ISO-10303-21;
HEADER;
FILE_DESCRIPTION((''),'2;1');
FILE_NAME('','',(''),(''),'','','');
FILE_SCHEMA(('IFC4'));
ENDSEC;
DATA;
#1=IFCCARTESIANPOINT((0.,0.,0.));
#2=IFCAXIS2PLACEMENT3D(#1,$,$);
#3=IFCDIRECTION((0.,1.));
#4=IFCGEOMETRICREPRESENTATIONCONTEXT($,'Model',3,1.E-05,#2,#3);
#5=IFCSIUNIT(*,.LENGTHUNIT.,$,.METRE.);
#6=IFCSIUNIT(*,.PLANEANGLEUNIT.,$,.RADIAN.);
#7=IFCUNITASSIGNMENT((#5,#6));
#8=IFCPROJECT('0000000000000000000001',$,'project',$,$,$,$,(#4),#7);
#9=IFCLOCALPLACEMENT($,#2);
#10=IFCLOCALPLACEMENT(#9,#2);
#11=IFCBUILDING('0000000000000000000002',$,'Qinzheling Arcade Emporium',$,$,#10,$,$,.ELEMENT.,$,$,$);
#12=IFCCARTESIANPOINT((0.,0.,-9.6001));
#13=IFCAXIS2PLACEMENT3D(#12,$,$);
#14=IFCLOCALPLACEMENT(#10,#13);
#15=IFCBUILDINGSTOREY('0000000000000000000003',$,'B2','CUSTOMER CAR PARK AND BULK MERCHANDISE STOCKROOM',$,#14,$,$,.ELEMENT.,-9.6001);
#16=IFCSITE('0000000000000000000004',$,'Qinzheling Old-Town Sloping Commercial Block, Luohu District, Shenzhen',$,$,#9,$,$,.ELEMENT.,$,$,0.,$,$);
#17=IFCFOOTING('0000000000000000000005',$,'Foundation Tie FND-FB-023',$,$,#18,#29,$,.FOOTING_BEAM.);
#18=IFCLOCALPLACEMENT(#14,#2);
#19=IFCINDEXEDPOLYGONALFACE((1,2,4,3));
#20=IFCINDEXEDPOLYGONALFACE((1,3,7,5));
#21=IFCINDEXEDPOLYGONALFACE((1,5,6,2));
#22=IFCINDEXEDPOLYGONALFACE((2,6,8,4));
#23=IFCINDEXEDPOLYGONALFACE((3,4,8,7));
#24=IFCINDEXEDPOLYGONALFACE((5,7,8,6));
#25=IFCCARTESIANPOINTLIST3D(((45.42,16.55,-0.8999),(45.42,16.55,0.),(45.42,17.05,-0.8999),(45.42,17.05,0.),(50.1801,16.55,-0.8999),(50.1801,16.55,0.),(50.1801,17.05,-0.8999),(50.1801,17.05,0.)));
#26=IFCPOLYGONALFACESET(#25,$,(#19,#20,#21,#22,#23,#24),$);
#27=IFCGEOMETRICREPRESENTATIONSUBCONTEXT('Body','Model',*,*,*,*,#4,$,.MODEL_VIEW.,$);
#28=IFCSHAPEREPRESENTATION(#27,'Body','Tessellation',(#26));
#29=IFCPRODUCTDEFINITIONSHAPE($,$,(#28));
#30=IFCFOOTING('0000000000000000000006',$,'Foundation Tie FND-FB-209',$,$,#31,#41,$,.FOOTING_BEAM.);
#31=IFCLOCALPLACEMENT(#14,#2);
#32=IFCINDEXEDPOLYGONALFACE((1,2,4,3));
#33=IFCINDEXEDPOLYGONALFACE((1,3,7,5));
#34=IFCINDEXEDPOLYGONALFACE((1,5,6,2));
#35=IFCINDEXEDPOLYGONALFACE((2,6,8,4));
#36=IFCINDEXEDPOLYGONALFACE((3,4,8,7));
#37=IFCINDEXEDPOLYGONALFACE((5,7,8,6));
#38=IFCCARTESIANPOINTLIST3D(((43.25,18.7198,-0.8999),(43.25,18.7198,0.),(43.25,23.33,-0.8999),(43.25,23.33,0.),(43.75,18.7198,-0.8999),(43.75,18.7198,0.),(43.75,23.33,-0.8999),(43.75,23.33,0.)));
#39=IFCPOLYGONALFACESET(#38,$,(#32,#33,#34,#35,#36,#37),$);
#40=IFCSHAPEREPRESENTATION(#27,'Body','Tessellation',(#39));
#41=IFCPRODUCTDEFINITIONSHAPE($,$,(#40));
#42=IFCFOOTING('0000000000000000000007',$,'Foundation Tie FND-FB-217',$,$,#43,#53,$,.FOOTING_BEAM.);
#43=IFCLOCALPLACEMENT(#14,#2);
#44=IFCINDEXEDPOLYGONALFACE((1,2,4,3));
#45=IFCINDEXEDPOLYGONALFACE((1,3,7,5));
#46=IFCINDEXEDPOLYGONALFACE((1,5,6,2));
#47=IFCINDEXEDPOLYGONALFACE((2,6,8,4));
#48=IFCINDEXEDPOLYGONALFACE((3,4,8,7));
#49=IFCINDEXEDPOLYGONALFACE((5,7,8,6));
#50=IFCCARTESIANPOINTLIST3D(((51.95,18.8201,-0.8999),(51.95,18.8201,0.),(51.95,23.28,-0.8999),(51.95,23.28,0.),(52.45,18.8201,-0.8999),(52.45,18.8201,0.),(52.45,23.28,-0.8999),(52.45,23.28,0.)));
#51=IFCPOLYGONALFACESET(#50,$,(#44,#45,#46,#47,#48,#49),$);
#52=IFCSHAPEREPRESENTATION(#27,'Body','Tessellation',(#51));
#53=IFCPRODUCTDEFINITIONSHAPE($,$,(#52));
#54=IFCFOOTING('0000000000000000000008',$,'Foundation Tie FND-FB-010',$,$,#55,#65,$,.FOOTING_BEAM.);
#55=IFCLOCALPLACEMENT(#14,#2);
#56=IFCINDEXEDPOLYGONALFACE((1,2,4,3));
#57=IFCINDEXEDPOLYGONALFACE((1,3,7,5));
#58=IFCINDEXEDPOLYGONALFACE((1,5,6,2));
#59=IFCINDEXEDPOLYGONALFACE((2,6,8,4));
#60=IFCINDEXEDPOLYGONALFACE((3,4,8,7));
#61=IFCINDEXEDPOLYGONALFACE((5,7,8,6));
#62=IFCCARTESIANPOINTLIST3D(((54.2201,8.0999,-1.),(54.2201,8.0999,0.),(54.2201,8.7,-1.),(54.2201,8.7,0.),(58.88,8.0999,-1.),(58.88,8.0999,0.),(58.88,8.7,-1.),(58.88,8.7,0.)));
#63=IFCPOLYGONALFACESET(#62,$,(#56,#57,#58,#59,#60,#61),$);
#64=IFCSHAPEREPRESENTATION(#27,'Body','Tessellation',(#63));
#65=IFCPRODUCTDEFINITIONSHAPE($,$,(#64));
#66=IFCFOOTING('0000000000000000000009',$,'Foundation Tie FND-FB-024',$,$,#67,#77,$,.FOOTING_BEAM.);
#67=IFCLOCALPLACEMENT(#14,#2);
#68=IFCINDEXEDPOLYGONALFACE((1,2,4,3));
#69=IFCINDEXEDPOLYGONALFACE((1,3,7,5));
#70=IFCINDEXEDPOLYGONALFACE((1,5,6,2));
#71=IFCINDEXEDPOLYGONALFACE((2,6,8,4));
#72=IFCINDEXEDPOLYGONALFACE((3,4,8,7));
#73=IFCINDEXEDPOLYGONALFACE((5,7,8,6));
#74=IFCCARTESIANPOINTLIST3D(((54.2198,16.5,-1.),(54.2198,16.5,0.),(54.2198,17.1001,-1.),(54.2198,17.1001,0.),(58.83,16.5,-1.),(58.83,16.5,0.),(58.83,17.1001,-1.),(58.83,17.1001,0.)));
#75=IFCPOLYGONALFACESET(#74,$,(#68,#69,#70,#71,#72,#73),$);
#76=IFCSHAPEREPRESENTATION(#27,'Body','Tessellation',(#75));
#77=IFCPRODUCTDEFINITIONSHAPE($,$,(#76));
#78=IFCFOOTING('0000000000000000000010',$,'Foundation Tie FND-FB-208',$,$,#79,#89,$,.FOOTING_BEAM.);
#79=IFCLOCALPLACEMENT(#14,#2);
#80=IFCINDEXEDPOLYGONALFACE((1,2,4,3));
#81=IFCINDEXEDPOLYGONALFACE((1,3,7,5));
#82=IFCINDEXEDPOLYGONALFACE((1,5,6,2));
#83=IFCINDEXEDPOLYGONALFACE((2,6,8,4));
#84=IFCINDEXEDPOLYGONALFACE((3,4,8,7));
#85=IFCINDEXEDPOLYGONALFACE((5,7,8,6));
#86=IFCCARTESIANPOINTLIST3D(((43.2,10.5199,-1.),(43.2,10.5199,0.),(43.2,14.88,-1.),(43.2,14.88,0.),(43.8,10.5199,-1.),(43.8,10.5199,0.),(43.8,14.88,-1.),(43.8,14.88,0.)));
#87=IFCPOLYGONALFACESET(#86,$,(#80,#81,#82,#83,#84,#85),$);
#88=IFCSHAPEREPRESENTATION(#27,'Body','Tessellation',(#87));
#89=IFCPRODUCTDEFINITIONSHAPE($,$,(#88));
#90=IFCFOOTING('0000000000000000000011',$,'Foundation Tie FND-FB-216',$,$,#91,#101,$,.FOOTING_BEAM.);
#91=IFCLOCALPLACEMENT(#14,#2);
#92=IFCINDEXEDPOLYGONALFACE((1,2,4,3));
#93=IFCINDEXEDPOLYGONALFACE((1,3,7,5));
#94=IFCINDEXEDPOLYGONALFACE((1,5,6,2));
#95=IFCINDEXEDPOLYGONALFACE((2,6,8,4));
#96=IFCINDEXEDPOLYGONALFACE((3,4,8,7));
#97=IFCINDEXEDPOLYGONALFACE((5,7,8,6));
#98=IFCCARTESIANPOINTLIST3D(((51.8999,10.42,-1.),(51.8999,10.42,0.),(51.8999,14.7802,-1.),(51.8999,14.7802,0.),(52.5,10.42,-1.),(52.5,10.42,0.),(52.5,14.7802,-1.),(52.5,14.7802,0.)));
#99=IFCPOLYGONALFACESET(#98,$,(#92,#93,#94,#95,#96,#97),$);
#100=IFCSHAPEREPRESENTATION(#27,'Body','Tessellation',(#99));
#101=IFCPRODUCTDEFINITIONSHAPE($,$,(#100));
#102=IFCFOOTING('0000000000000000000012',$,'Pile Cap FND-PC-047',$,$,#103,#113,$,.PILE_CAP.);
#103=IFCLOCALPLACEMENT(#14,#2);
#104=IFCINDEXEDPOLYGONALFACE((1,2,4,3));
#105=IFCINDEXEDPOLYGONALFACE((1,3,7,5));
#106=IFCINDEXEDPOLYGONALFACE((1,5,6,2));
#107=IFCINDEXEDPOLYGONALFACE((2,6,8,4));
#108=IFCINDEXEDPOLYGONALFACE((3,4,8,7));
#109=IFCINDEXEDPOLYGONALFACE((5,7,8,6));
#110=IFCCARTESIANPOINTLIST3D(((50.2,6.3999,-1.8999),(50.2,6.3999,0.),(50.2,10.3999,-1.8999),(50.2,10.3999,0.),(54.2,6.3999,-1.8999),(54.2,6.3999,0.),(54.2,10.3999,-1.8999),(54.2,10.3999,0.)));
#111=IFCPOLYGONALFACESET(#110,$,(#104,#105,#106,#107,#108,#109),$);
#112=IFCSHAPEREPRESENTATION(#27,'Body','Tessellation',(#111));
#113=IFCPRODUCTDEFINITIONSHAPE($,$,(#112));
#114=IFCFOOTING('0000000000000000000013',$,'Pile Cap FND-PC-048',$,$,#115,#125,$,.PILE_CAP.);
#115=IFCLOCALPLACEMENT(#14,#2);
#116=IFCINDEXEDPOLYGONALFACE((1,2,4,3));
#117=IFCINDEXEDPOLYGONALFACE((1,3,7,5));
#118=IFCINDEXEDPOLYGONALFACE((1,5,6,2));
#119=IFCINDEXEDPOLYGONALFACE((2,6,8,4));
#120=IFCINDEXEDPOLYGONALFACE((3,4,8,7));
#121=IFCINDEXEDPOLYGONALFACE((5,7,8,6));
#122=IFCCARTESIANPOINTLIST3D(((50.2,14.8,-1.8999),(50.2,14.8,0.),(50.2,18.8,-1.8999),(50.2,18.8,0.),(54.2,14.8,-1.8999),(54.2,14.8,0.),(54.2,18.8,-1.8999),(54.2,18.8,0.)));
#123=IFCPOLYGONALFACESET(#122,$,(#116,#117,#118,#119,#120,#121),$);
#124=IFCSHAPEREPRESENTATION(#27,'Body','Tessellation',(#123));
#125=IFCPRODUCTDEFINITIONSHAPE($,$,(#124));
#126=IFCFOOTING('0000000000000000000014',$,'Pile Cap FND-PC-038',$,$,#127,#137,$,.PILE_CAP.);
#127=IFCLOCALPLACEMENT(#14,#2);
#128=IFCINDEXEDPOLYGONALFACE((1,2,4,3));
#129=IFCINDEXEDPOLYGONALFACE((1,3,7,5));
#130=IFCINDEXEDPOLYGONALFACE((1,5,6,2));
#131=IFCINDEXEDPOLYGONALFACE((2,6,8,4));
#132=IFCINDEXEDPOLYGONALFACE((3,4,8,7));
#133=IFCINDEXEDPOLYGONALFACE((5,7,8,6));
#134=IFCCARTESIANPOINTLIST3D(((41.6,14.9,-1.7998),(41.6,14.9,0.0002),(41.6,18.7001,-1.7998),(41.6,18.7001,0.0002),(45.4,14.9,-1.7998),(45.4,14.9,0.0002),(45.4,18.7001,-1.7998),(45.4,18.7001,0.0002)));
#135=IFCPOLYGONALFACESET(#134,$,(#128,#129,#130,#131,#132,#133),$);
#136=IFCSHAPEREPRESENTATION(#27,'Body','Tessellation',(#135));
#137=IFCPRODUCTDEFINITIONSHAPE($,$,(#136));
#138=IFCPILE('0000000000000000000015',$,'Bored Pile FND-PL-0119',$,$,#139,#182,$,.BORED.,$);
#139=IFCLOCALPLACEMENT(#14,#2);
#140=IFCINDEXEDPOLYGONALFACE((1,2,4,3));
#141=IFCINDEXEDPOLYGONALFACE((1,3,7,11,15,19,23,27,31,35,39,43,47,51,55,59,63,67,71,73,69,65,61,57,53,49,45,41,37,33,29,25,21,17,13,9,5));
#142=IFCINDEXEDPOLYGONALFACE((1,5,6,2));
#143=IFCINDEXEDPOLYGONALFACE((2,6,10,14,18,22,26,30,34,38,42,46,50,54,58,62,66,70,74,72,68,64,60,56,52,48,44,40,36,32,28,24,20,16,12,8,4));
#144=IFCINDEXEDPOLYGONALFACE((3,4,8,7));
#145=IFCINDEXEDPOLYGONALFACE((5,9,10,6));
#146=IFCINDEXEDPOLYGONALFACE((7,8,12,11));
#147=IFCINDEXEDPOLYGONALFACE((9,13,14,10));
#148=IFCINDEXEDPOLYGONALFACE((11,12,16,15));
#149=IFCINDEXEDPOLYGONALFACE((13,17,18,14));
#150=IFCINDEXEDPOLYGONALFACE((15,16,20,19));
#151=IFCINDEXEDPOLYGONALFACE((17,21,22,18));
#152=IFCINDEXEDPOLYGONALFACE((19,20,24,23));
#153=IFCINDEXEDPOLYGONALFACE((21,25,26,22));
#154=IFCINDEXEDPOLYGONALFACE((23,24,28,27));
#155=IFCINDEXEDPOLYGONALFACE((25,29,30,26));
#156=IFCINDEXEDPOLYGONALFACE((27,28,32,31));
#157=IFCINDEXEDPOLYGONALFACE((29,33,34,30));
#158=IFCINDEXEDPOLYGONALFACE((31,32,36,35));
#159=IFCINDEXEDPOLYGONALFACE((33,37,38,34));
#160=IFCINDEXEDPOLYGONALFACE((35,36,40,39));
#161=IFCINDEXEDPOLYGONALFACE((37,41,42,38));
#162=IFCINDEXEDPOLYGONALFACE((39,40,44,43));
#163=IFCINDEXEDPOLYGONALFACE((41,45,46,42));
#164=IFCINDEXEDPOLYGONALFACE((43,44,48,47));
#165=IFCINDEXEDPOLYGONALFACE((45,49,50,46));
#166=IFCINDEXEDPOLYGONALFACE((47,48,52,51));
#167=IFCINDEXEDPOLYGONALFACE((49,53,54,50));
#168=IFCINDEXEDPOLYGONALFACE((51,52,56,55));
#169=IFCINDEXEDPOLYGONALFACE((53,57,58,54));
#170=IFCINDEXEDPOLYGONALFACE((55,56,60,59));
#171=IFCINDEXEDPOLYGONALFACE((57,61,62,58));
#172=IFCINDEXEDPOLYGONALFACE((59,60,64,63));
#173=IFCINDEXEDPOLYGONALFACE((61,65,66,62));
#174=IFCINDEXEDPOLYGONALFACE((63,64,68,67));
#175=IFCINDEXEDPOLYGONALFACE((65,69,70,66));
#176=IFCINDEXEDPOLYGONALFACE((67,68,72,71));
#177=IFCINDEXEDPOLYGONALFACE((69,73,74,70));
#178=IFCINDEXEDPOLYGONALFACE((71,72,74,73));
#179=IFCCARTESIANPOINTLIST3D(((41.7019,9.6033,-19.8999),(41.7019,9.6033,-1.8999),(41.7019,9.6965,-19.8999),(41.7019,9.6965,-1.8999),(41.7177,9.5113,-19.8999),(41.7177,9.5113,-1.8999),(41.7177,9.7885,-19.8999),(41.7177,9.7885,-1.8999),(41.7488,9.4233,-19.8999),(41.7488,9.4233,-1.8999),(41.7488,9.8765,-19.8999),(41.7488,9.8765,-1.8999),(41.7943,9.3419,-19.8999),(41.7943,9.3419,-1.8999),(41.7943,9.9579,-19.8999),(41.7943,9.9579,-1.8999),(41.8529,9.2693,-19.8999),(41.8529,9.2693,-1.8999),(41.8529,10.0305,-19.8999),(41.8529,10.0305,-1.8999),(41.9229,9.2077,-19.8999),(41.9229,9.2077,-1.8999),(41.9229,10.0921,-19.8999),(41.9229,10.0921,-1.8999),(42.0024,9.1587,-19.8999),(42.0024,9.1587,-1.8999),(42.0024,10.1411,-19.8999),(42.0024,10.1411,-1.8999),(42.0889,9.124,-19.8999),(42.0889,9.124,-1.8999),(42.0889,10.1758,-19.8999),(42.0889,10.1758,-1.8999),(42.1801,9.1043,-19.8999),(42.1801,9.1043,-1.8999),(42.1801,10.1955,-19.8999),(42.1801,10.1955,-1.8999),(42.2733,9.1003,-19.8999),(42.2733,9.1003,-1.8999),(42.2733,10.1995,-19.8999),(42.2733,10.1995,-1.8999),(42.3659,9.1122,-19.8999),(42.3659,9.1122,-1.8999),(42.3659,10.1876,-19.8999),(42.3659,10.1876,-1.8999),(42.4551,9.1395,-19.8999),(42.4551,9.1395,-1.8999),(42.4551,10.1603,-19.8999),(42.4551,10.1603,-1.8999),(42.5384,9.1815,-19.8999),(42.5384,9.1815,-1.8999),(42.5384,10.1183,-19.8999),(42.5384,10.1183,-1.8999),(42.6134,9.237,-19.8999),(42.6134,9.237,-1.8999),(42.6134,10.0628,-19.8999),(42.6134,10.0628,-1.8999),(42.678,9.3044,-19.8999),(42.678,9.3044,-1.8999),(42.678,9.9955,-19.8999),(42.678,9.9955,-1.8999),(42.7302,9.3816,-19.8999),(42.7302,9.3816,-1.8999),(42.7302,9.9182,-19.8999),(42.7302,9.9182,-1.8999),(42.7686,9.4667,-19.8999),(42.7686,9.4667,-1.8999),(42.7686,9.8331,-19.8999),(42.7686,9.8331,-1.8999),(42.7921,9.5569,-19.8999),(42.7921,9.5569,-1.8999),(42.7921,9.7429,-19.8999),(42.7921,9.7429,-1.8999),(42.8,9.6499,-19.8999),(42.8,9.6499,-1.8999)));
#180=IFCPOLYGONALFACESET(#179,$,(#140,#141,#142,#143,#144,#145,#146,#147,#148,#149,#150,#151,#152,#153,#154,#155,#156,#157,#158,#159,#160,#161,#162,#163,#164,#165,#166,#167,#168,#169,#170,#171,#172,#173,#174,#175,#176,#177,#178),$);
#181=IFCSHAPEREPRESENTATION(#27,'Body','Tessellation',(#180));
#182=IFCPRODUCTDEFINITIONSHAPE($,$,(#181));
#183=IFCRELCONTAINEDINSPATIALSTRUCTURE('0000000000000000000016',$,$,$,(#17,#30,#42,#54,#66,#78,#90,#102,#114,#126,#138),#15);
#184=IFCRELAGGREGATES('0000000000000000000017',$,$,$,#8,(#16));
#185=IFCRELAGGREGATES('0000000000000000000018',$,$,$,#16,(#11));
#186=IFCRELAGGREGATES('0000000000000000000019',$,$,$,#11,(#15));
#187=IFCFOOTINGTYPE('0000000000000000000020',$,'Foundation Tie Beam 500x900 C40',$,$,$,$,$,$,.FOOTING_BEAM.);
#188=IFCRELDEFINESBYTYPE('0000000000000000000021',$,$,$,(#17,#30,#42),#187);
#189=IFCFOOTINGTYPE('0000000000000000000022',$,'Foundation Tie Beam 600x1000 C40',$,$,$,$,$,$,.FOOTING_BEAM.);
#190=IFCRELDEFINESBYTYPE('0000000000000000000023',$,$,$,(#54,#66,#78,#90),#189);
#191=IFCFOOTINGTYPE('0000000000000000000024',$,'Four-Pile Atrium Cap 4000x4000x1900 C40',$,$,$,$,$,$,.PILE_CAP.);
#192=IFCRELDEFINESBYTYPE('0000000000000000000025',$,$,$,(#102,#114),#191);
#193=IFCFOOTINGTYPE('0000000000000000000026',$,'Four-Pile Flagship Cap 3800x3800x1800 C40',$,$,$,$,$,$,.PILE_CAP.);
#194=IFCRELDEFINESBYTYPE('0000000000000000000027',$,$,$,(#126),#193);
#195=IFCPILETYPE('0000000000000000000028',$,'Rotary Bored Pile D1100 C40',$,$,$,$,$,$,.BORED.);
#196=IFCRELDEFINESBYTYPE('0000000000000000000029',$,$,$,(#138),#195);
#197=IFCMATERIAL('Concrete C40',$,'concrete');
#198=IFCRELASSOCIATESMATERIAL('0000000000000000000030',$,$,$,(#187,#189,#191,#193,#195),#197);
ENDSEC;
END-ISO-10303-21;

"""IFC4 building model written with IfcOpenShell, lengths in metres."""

from ifc_helpers import new_model, si_unit, direction, frame, origin, origin_2d, place, context, subcontext, project, spatial, rectangle, circle, extrude, material, material_profile, profile_set, type_object, element, save


model = new_model("IFC4")

# Units and contexts
model_context = context("Model", 3, precision=1e-05, world=origin(), true_north=direction((0.0, 1.0)))
body_context = subcontext(model_context, "Body", "Model", "MODEL_VIEW")
ifc_project = project(units=[si_unit("LENGTHUNIT", "METRE"), si_unit("PLANEANGLEUNIT", "RADIAN")], contexts=[model_context])

# Site, building, storey
site_placement = place(None, origin())
site = spatial("IfcSite", under=ifc_project, at=site_placement, Name="Qinzheling Old-Town Sloping Commercial Block, Luohu District, Shenzhen", CompositionType="ELEMENT", RefElevation=0.0)
building_placement = place(site_placement, origin())
building = spatial("IfcBuilding", under=site, at=building_placement, Name="Qinzheling Arcade Emporium", CompositionType="ELEMENT")
storey_placement = place(building_placement, frame((0.0, 0.0, -9.6001)))
storey = spatial("IfcBuildingStorey", under=building, at=storey_placement, Name="B2", Description="CUSTOMER CAR PARK AND BULK MERCHANDISE STOCKROOM", CompositionType="ELEMENT", Elevation=-9.6001)

# Footings
ifc_material_1 = material(Name="Concrete C40", Category="concrete")
footing_type_1 = type_object("IfcFootingType", Name="Foundation Tie Beam 500x900 C40", PredefinedType="FOOTING_BEAM", material=ifc_material_1)
footing_1_placement = place(storey_placement, frame((47.8, 16.8, -0.8999), z_axis=(0.0, 0.0, 1.0), x_axis=(1.0, 0.0, 0.0)))
element("IfcFooting", 1, at=footing_1_placement, inside=storey, type_object=footing_type_1, Name="Foundation Tie FND-FB-023", PredefinedType="FOOTING_BEAM", context=body_context, shape_type="SweptSolid", body=[
    extrude(rectangle(XDim=4.76, YDim=0.5, at=origin_2d()), origin(), (0.0, 0.0, 1.0), 0.8999),
])
footing_2_placement = place(storey_placement, frame((43.5, 21.0249, -0.8999), z_axis=(0.0, 0.0, 1.0), x_axis=(1.0, 0.0, 0.0)))
element("IfcFooting", 2, at=footing_2_placement, inside=storey, type_object=footing_type_1, Name="Foundation Tie FND-FB-209", PredefinedType="FOOTING_BEAM", context=body_context, shape_type="SweptSolid", body=[
    extrude(rectangle(XDim=0.5, YDim=4.6101, at=origin_2d()), origin(), (0.0, 0.0, 1.0), 0.8999),
])
footing_3_placement = place(storey_placement, frame((52.2, 21.05, -0.8999), z_axis=(0.0, 0.0, 1.0), x_axis=(1.0, 0.0, 0.0)))
element("IfcFooting", 3, at=footing_3_placement, inside=storey, type_object=footing_type_1, Name="Foundation Tie FND-FB-217", PredefinedType="FOOTING_BEAM", context=body_context, shape_type="SweptSolid", body=[
    extrude(rectangle(XDim=0.5, YDim=4.46, at=origin_2d()), origin(), (0.0, 0.0, 1.0), 0.8999),
])
footing_type_2 = type_object("IfcFootingType", Name="Foundation Tie Beam 600x1000 C40", PredefinedType="FOOTING_BEAM", material=ifc_material_1)
footing_4_placement = place(storey_placement, frame((56.55, 8.3999, -1.0), z_axis=(0.0, 0.0, 1.0), x_axis=(1.0, 0.0, 0.0)))
element("IfcFooting", 4, at=footing_4_placement, inside=storey, type_object=footing_type_2, Name="Foundation Tie FND-FB-010", PredefinedType="FOOTING_BEAM", context=body_context, shape_type="SweptSolid", body=[
    extrude(rectangle(XDim=4.6599, YDim=0.6001, at=origin_2d()), origin(), (0.0, 0.0, 1.0), 1.0),
])
footing_5_placement = place(storey_placement, frame((56.5249, 16.8, -1.0), z_axis=(0.0, 0.0, 1.0), x_axis=(1.0, 0.0, 0.0)))
element("IfcFooting", 5, at=footing_5_placement, inside=storey, type_object=footing_type_2, Name="Foundation Tie FND-FB-024", PredefinedType="FOOTING_BEAM", context=body_context, shape_type="SweptSolid", body=[
    extrude(rectangle(XDim=4.6101, YDim=0.6001, at=origin_2d()), origin(), (0.0, 0.0, 1.0), 1.0),
])
for number, where, z_axis, x_axis, name in (
    (6, (43.5, 12.7, -1.0), (0.0, 0.0, 1.0), (1.0, 0.0, 0.0), "Foundation Tie FND-FB-208"),
    (7, (52.2, 12.6001, -1.0), (0.0, 0.0, 1.0), (1.0, 0.0, 0.0), "Foundation Tie FND-FB-216"),
):
    element("IfcFooting", number, at=place(storey_placement, frame(where, z_axis=z_axis, x_axis=x_axis)), inside=storey, type_object=footing_type_2, Name=name, PredefinedType="FOOTING_BEAM", context=body_context, shape_type="SweptSolid", body=[
        extrude(rectangle(XDim=0.6001, YDim=4.3601, at=origin_2d()), origin(), (0.0, 0.0, 1.0), 1.0),
    ])
footing_type_3 = type_object("IfcFootingType", Name="Four-Pile Atrium Cap 4000x4000x1900 C40", PredefinedType="PILE_CAP", material=ifc_material_1)
for number, where, z_axis, x_axis, name in (
    (8, (52.2, 8.3999, -1.8999), (0.0, 0.0, 1.0), (1.0, 0.0, 0.0), "Pile Cap FND-PC-047"),
    (9, (52.2, 16.8, -1.8999), (0.0, 0.0, 1.0), (1.0, 0.0, 0.0), "Pile Cap FND-PC-048"),
):
    element("IfcFooting", number, at=place(storey_placement, frame(where, z_axis=z_axis, x_axis=x_axis)), inside=storey, type_object=footing_type_3, Name=name, PredefinedType="PILE_CAP", context=body_context, shape_type="SweptSolid", body=[
        extrude(rectangle(XDim=4.0, YDim=4.0, at=origin_2d()), origin(), (0.0, 0.0, 1.0), 1.8999),
    ])
footing_type_4 = type_object("IfcFootingType", Name="Four-Pile Flagship Cap 3800x3800x1800 C40", PredefinedType="PILE_CAP", material=ifc_material_1)
footing_6_placement = place(storey_placement, frame((43.5, 16.8, -1.7998), z_axis=(0.0, 0.0, 1.0), x_axis=(1.0, 0.0, 0.0)))
element("IfcFooting", 10, at=footing_6_placement, inside=storey, type_object=footing_type_4, Name="Pile Cap FND-PC-038", PredefinedType="PILE_CAP", context=body_context, shape_type="SweptSolid", body=[
    extrude(rectangle(XDim=3.8, YDim=3.8, at=origin_2d()), origin(), (0.0, 0.0, 1.0), 1.8),
])

# Pile
ifc_material_profile_1 = material_profile(ifc_material_1, circle(Radius=0.55, at=origin_2d()), Name="BORED D1100", Category="concrete")
ifc_profile_set_1 = profile_set([ifc_material_profile_1], Name="Concrete C40")
pile_type_1 = type_object("IfcPileType", Name="Rotary Bored Pile D1100 C40", PredefinedType="BORED", material=ifc_profile_set_1)
for number, where, z_axis, x_axis, name in (
    (11, (42.25, 9.6499, -1.8999), (0.0, 0.0, -1.0), (1.0, 0.0, 0.0), "Bored Pile FND-PL-0119"),
):
    element("IfcPile", number, at=place(storey_placement, frame(where, z_axis=z_axis, x_axis=x_axis)), inside=storey, type_object=pile_type_1, Name=name, PredefinedType="BORED", context=body_context, shape_type="SweptSolid", body=[
        extrude(circle(Radius=0.55, at=origin_2d()), origin(), (0.0, 0.0, 1.0), 18.0),
    ])

save(model, "model.ifc")
